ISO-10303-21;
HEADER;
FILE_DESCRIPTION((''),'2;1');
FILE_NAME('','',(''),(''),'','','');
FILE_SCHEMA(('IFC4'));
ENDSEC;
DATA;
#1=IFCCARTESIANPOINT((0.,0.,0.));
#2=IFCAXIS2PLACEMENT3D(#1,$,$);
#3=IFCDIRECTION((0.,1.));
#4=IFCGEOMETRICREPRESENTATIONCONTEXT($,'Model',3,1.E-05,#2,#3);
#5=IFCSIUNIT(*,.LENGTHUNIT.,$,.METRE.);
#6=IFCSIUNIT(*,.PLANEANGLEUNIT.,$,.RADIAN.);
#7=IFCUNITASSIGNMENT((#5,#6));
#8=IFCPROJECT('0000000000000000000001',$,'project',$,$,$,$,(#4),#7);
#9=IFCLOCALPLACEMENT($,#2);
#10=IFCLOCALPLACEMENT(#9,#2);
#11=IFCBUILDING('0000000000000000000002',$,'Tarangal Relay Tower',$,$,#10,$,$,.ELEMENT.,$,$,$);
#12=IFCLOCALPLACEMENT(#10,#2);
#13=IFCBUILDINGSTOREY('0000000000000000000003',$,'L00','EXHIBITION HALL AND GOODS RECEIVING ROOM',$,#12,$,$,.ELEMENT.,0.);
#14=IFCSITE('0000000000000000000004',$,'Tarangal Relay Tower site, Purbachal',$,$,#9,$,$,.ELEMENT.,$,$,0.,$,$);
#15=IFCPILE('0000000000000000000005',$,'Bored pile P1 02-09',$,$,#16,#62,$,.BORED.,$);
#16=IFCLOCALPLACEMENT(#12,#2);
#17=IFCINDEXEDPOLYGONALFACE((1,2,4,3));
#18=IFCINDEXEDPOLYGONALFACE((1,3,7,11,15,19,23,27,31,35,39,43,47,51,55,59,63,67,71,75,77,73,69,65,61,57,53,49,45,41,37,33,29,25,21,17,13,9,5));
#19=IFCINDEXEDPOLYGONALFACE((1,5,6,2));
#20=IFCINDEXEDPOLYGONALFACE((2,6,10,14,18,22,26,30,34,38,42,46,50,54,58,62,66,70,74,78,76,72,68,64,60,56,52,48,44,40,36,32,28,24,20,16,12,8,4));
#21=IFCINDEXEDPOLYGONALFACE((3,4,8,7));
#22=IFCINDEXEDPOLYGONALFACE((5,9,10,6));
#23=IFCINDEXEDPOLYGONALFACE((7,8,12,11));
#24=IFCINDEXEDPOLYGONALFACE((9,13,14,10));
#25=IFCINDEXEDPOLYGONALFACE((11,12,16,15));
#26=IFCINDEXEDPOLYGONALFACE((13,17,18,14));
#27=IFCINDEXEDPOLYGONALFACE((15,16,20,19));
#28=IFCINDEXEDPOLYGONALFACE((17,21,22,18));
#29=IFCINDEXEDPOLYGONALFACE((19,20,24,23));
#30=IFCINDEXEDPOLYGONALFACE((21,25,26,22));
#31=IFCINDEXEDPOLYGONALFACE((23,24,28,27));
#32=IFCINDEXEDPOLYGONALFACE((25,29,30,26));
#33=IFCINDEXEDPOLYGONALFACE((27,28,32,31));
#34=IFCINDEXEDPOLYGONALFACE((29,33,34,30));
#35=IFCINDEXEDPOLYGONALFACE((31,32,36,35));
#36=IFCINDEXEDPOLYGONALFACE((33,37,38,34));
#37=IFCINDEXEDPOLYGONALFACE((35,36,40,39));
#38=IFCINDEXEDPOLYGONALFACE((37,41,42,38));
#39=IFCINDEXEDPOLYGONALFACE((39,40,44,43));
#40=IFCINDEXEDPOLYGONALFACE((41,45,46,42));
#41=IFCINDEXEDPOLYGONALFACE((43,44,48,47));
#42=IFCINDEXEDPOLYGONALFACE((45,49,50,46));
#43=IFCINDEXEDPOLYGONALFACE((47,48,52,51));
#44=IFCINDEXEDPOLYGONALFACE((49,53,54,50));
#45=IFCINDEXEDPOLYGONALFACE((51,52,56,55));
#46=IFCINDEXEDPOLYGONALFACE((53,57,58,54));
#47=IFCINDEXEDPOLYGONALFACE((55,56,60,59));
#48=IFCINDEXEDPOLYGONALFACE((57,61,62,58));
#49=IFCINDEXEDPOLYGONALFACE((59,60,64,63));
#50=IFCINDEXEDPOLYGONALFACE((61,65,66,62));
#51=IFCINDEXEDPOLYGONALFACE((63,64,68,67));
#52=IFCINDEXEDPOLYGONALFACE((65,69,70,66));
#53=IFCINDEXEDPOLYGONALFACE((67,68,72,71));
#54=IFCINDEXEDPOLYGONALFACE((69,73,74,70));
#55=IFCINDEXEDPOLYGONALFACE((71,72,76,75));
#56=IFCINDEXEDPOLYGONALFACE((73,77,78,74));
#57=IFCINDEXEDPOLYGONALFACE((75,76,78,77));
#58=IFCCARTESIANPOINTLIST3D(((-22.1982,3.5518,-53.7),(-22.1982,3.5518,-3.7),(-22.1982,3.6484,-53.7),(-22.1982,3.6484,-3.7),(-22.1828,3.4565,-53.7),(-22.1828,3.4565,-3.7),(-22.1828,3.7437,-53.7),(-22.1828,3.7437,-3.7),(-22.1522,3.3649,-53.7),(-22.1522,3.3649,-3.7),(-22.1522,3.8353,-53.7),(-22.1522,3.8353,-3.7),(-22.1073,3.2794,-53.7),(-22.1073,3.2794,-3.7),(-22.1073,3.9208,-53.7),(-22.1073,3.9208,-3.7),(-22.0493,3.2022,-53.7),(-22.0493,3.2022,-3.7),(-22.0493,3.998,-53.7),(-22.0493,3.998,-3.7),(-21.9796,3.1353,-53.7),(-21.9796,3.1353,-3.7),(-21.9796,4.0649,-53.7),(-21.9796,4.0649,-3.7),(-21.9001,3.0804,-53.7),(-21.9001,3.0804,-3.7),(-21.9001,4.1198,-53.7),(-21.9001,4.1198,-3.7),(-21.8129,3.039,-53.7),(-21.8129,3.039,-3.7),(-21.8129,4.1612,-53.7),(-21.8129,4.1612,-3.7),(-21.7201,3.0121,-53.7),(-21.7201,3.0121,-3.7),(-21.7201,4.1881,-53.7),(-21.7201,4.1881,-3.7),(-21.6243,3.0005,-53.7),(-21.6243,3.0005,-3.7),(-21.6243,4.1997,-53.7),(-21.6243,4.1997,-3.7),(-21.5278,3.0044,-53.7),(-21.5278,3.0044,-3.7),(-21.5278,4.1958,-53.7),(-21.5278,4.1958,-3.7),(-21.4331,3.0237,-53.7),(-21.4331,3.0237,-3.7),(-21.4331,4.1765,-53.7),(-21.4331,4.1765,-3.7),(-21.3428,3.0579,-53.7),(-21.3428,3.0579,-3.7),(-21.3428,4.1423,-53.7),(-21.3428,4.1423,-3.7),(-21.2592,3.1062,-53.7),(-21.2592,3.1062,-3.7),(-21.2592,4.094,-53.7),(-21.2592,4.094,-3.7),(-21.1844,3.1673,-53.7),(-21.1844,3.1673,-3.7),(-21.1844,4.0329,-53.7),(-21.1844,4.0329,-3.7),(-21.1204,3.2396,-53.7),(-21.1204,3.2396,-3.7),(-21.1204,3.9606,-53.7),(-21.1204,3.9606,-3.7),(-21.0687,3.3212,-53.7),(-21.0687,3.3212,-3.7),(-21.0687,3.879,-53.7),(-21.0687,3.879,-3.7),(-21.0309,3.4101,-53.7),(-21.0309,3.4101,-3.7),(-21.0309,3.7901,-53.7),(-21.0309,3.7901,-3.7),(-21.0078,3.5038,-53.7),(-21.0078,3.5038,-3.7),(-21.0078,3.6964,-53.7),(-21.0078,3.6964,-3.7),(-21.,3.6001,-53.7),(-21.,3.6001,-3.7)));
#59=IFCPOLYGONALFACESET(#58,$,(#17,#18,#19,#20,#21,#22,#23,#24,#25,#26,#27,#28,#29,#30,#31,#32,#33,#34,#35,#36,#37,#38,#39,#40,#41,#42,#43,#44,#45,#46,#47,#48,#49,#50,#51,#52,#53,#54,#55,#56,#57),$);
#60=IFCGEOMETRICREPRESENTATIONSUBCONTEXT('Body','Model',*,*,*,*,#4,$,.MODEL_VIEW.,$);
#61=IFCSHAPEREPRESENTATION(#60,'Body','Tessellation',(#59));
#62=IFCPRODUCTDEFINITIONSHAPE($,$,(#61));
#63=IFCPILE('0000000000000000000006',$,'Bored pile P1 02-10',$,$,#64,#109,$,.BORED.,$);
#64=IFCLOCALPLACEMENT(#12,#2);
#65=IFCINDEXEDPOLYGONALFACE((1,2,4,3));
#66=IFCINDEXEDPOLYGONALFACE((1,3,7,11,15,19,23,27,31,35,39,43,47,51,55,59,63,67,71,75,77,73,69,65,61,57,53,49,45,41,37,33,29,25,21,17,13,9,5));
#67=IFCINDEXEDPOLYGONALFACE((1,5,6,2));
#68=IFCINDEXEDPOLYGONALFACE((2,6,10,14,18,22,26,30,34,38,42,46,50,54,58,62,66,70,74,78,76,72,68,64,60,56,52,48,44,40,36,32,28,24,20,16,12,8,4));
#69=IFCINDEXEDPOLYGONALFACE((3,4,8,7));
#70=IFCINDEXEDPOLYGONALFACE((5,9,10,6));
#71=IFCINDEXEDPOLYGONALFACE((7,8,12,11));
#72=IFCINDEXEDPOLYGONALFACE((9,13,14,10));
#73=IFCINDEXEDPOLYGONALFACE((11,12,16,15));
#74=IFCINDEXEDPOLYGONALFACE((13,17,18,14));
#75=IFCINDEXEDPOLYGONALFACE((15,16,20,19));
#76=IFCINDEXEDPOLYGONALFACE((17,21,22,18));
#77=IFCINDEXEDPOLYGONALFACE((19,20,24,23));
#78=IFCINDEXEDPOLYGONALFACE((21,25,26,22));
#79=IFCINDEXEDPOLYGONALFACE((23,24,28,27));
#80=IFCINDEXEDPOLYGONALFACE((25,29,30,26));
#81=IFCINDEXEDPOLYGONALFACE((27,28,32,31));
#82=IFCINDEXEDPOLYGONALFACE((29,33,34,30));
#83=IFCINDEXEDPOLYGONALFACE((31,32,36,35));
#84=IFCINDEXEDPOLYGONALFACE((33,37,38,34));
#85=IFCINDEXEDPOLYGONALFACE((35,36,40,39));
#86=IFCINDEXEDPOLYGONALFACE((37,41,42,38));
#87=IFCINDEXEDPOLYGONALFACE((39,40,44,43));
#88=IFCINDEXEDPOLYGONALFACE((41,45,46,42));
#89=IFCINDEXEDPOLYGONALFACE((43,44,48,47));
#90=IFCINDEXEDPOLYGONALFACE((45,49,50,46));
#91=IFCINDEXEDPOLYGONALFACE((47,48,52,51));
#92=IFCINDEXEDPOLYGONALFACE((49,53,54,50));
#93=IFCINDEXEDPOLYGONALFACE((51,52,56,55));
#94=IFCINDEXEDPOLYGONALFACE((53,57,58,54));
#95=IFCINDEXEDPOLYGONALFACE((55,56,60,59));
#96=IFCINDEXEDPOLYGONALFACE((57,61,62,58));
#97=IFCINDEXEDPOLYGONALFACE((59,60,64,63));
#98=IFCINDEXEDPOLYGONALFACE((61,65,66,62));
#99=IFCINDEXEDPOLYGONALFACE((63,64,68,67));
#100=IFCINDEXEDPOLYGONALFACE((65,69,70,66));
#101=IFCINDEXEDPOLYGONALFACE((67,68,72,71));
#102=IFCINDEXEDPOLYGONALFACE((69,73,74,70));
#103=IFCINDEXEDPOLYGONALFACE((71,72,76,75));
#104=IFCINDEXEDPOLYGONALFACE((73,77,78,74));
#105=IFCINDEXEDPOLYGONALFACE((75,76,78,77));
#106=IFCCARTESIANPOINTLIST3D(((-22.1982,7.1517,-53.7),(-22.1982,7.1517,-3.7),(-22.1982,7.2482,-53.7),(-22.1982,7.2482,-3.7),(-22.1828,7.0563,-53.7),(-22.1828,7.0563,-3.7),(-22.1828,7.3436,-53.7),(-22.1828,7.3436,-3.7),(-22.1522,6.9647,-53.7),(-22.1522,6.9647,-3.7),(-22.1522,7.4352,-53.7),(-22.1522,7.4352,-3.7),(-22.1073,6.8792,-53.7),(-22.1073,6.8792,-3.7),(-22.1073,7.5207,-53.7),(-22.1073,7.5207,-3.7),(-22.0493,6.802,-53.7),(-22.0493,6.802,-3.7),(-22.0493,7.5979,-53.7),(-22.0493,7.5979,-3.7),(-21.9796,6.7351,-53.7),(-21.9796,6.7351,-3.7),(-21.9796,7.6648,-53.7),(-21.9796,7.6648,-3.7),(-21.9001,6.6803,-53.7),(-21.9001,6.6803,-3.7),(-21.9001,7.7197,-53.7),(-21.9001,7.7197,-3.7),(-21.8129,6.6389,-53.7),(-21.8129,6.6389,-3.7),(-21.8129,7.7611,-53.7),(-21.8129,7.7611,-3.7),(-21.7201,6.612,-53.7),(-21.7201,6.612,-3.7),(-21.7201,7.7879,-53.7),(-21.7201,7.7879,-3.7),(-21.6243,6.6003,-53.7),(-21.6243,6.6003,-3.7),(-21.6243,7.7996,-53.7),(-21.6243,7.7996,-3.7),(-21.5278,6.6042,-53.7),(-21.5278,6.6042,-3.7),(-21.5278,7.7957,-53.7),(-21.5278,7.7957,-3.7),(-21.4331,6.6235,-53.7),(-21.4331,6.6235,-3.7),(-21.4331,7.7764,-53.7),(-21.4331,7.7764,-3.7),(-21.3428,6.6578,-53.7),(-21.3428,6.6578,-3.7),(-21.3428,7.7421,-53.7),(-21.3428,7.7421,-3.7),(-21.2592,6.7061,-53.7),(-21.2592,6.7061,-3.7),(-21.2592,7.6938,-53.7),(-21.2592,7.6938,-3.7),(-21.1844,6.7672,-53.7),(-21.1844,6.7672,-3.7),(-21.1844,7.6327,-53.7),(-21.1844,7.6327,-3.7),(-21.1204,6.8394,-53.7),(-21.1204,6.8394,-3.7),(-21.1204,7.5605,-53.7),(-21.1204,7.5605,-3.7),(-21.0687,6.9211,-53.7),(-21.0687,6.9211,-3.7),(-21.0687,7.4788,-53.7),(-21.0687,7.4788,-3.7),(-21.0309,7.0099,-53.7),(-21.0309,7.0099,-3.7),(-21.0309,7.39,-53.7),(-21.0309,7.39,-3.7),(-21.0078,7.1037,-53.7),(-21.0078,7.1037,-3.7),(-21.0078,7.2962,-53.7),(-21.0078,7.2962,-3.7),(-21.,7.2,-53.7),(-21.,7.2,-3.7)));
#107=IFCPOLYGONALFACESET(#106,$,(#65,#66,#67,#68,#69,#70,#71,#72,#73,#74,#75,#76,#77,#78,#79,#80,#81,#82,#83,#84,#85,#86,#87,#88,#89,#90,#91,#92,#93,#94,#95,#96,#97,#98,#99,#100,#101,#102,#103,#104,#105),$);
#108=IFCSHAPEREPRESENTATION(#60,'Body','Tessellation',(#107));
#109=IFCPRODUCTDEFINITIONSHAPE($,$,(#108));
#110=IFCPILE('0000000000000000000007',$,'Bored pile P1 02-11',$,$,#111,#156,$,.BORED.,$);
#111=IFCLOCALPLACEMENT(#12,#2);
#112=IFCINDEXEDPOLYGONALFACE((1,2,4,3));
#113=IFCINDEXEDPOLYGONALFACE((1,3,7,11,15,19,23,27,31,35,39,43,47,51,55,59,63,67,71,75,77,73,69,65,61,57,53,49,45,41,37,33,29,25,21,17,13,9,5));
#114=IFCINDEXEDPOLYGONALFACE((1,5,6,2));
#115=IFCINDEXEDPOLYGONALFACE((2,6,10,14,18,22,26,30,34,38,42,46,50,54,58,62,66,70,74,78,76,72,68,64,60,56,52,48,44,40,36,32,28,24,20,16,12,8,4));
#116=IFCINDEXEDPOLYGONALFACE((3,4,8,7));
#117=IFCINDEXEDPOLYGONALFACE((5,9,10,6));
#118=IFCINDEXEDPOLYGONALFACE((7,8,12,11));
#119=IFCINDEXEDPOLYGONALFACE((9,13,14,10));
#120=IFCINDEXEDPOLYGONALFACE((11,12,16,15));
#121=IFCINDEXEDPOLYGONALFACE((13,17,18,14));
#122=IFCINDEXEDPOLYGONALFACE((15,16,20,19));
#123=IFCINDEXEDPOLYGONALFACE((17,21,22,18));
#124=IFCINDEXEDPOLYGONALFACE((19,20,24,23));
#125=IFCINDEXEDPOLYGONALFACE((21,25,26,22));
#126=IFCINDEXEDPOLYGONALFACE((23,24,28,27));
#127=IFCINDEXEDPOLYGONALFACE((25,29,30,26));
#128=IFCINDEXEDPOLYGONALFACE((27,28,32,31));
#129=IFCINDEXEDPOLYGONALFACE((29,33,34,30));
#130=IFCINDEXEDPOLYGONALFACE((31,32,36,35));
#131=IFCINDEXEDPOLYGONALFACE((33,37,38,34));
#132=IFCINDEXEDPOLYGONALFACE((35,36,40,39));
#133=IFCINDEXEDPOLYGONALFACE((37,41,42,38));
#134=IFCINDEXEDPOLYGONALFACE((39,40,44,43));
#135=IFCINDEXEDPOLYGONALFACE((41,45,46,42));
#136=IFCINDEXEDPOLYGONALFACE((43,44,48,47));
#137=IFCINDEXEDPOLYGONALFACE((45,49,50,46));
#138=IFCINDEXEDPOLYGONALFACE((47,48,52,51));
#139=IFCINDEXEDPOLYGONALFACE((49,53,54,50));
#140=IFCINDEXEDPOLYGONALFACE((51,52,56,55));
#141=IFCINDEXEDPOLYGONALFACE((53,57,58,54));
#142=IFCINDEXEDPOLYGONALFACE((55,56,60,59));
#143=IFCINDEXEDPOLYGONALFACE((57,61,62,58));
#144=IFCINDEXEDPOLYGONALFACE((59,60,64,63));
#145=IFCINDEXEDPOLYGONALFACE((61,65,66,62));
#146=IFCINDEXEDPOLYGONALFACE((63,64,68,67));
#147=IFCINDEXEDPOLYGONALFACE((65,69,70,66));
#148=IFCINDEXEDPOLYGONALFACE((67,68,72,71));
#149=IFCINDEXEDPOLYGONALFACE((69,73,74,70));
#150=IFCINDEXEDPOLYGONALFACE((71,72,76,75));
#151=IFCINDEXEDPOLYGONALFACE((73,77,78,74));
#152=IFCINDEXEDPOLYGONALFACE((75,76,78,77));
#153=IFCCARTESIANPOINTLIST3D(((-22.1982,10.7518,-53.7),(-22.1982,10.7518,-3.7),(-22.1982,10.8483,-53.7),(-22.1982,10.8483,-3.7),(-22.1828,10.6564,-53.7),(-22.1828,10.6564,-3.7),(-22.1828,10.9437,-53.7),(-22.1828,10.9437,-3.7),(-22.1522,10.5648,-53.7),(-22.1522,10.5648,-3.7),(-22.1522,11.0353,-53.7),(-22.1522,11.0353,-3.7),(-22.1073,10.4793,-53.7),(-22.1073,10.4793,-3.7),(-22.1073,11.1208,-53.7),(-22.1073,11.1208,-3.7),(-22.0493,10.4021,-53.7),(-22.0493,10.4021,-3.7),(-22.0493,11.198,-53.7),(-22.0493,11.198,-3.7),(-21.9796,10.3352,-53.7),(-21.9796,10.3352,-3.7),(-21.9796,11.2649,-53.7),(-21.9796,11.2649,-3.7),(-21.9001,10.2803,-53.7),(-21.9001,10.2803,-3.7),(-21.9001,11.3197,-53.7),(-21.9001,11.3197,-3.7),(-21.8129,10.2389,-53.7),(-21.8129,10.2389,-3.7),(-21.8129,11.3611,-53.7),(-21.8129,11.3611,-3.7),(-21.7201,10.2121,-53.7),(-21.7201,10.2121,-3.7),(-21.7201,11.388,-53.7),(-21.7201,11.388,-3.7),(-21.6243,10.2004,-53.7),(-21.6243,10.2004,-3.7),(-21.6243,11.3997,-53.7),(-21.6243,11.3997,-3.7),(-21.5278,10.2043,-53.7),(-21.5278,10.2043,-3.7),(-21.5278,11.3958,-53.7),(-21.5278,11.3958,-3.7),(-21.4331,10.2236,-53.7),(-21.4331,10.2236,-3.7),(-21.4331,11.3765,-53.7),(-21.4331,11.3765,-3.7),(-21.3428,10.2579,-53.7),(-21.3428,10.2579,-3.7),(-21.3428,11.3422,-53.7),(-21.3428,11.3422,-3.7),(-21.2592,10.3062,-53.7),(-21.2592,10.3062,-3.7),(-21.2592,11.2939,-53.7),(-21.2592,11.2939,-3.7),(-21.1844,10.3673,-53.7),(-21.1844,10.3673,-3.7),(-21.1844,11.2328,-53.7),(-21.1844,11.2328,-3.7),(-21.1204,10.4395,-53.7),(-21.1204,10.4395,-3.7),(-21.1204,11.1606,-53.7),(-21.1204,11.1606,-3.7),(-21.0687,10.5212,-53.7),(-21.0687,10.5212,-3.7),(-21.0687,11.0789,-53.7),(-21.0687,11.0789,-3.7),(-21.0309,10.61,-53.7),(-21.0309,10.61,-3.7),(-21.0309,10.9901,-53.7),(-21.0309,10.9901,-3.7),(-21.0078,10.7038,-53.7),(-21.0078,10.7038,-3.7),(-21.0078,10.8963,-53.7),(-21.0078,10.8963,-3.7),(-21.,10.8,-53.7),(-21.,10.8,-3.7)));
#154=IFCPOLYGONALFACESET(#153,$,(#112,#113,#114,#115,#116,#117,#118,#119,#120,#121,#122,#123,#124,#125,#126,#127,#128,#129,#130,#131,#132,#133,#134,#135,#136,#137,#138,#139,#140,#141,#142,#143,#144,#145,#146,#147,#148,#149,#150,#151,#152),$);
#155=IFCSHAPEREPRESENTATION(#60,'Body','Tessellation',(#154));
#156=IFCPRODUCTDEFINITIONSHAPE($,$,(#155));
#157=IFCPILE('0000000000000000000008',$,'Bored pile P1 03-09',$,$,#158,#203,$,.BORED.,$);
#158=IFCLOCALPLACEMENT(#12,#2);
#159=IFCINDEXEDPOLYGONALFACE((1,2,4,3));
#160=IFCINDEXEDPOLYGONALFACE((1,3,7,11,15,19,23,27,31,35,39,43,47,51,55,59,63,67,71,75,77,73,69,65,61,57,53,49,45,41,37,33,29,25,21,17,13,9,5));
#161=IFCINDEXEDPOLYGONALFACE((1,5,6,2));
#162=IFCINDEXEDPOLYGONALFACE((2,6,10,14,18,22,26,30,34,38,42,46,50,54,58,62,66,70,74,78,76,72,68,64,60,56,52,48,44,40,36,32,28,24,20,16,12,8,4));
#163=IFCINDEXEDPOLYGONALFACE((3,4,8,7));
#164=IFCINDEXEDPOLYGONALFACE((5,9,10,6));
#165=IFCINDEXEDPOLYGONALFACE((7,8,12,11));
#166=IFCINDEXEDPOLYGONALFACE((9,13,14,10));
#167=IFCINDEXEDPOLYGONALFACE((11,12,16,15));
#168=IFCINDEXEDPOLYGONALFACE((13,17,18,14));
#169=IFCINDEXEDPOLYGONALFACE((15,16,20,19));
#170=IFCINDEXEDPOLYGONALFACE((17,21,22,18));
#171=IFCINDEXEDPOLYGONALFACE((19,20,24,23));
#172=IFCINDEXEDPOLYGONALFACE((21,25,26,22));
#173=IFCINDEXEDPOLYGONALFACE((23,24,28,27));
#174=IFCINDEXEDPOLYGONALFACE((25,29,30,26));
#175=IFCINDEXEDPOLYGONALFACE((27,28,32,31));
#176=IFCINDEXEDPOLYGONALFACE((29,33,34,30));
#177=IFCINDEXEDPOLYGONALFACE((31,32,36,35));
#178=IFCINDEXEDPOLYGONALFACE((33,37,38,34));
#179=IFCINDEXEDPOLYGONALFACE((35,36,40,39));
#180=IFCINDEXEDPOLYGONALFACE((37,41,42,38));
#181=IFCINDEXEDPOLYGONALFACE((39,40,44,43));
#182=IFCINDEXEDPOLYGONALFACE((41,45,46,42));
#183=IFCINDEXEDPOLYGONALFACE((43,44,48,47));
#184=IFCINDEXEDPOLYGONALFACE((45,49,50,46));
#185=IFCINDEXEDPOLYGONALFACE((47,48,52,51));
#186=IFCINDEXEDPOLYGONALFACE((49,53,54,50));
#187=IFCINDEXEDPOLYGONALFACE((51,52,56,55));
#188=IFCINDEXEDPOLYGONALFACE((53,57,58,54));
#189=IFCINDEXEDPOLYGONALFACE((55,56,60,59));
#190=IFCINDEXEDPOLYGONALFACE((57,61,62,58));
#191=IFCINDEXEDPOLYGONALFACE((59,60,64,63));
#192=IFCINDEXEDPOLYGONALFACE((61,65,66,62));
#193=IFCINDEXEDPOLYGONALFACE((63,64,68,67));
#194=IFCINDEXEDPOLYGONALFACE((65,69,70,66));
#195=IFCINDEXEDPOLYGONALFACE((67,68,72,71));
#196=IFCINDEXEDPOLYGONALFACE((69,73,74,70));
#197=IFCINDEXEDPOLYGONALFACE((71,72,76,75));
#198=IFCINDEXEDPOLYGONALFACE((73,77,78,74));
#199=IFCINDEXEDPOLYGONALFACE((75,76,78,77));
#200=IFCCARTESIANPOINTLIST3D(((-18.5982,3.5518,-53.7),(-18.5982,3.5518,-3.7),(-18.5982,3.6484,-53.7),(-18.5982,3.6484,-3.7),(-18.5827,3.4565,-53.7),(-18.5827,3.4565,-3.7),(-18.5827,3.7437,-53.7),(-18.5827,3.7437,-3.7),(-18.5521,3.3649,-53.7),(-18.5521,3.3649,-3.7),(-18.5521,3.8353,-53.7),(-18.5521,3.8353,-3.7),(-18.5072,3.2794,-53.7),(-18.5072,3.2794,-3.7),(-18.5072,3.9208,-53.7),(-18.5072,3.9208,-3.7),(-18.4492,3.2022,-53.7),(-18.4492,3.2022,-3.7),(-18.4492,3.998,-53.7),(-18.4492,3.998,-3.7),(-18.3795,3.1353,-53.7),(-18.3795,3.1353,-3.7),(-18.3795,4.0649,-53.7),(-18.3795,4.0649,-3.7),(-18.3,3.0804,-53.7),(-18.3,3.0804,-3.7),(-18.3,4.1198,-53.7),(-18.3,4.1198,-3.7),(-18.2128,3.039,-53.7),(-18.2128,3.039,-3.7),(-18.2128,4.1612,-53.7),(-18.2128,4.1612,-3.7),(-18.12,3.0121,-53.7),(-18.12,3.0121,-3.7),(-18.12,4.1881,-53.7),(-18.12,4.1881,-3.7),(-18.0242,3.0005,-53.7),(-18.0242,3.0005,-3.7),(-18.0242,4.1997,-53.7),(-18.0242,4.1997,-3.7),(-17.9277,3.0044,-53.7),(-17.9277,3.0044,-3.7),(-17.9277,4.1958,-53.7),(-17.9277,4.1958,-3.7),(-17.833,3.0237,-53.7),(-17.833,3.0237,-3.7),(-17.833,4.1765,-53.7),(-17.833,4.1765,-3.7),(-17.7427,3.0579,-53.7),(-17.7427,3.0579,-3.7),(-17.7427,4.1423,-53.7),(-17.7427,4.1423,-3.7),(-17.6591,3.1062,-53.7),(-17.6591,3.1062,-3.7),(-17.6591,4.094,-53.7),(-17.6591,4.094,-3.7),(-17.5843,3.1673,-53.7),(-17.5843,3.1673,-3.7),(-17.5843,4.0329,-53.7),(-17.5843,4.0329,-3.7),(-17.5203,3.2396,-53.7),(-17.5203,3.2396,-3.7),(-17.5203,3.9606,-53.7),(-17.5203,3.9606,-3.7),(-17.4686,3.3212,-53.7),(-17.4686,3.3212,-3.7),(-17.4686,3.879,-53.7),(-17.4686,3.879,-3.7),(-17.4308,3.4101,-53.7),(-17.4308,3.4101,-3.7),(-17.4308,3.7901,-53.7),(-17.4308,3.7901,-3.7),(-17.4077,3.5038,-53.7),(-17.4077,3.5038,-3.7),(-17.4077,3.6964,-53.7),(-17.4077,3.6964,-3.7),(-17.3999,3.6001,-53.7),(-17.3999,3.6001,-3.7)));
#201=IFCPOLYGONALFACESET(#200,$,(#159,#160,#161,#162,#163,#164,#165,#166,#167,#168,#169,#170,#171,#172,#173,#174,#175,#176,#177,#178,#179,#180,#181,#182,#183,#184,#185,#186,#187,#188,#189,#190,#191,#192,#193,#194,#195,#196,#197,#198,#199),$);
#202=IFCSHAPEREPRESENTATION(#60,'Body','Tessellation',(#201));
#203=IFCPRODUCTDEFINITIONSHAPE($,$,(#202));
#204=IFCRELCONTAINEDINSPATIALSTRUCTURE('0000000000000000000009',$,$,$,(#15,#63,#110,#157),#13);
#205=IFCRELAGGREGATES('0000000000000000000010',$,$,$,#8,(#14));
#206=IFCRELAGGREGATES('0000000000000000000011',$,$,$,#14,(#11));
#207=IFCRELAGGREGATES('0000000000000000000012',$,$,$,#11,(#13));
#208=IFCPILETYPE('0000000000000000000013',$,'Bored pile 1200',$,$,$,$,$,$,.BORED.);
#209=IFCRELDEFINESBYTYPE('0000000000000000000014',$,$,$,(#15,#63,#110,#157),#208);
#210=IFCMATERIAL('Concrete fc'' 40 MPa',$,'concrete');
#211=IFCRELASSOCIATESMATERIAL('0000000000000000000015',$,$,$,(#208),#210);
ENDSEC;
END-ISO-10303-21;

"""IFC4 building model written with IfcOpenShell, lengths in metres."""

from ifc_helpers import new_model, si_unit, direction, frame, origin, origin_2d, place, context, subcontext, project, spatial, circle, extrude, material, material_profile, profile_set, type_object, element, save


model = new_model("IFC4")

# Units and contexts
model_context = context("Model", 3, precision=1e-05, world=origin(), true_north=direction((0.0, 1.0)))
body_context = subcontext(model_context, "Body", "Model", "MODEL_VIEW")
ifc_project = project(units=[si_unit("LENGTHUNIT", "METRE"), si_unit("PLANEANGLEUNIT", "RADIAN")], contexts=[model_context])

# Site, building, storey
site_placement = place(None, origin())
site = spatial("IfcSite", under=ifc_project, at=site_placement, Name="Tarangal Relay Tower site, Purbachal", CompositionType="ELEMENT", RefElevation=0.0)
building_placement = place(site_placement, origin())
building = spatial("IfcBuilding", under=site, at=building_placement, Name="Tarangal Relay Tower", CompositionType="ELEMENT")
storey_placement = place(building_placement, origin())
storey = spatial("IfcBuildingStorey", under=building, at=storey_placement, Name="L00", Description="EXHIBITION HALL AND GOODS RECEIVING ROOM", CompositionType="ELEMENT", Elevation=0.0)

# Piles
ifc_material_1 = material(Name="Concrete fc' 40 MPa", Category="concrete")
ifc_material_profile_1 = material_profile(ifc_material_1, circle(Radius=0.6001, at=origin_2d()), Name="D1200")
ifc_profile_set_1 = profile_set([ifc_material_profile_1], Name="Concrete fc' 40 MPa")
pile_type = type_object("IfcPileType", Name="Bored pile 1200", PredefinedType="BORED", material=ifc_profile_set_1)
for number, where, z_axis, x_axis, name in (
    (1, (-21.6001, 3.6001, -3.7), (0.0, 0.0, -1.0), (1.0, 0.0, 0.0), "Bored pile P1 02-09"),
    (2, (-21.6001, 7.2, -3.7), (0.0, 0.0, -1.0), (1.0, 0.0, 0.0), "Bored pile P1 02-10"),
    (3, (-21.6001, 10.8, -3.7), (0.0, 0.0, -1.0), (1.0, 0.0, 0.0), "Bored pile P1 02-11"),
    (4, (-18.0, 3.6001, -3.7), (0.0, 0.0, -1.0), (1.0, 0.0, 0.0), "Bored pile P1 03-09"),
):
    element("IfcPile", number, at=place(storey_placement, frame(where, z_axis=z_axis, x_axis=x_axis)), inside=storey, type_object=pile_type, Name=name, PredefinedType="BORED", context=body_context, shape_type="SweptSolid", body=[
        extrude(circle(Radius=0.6001, at=origin_2d()), origin(), (0.0, 0.0, 1.0), 50.0),
    ])

save(model, "model.ifc")
